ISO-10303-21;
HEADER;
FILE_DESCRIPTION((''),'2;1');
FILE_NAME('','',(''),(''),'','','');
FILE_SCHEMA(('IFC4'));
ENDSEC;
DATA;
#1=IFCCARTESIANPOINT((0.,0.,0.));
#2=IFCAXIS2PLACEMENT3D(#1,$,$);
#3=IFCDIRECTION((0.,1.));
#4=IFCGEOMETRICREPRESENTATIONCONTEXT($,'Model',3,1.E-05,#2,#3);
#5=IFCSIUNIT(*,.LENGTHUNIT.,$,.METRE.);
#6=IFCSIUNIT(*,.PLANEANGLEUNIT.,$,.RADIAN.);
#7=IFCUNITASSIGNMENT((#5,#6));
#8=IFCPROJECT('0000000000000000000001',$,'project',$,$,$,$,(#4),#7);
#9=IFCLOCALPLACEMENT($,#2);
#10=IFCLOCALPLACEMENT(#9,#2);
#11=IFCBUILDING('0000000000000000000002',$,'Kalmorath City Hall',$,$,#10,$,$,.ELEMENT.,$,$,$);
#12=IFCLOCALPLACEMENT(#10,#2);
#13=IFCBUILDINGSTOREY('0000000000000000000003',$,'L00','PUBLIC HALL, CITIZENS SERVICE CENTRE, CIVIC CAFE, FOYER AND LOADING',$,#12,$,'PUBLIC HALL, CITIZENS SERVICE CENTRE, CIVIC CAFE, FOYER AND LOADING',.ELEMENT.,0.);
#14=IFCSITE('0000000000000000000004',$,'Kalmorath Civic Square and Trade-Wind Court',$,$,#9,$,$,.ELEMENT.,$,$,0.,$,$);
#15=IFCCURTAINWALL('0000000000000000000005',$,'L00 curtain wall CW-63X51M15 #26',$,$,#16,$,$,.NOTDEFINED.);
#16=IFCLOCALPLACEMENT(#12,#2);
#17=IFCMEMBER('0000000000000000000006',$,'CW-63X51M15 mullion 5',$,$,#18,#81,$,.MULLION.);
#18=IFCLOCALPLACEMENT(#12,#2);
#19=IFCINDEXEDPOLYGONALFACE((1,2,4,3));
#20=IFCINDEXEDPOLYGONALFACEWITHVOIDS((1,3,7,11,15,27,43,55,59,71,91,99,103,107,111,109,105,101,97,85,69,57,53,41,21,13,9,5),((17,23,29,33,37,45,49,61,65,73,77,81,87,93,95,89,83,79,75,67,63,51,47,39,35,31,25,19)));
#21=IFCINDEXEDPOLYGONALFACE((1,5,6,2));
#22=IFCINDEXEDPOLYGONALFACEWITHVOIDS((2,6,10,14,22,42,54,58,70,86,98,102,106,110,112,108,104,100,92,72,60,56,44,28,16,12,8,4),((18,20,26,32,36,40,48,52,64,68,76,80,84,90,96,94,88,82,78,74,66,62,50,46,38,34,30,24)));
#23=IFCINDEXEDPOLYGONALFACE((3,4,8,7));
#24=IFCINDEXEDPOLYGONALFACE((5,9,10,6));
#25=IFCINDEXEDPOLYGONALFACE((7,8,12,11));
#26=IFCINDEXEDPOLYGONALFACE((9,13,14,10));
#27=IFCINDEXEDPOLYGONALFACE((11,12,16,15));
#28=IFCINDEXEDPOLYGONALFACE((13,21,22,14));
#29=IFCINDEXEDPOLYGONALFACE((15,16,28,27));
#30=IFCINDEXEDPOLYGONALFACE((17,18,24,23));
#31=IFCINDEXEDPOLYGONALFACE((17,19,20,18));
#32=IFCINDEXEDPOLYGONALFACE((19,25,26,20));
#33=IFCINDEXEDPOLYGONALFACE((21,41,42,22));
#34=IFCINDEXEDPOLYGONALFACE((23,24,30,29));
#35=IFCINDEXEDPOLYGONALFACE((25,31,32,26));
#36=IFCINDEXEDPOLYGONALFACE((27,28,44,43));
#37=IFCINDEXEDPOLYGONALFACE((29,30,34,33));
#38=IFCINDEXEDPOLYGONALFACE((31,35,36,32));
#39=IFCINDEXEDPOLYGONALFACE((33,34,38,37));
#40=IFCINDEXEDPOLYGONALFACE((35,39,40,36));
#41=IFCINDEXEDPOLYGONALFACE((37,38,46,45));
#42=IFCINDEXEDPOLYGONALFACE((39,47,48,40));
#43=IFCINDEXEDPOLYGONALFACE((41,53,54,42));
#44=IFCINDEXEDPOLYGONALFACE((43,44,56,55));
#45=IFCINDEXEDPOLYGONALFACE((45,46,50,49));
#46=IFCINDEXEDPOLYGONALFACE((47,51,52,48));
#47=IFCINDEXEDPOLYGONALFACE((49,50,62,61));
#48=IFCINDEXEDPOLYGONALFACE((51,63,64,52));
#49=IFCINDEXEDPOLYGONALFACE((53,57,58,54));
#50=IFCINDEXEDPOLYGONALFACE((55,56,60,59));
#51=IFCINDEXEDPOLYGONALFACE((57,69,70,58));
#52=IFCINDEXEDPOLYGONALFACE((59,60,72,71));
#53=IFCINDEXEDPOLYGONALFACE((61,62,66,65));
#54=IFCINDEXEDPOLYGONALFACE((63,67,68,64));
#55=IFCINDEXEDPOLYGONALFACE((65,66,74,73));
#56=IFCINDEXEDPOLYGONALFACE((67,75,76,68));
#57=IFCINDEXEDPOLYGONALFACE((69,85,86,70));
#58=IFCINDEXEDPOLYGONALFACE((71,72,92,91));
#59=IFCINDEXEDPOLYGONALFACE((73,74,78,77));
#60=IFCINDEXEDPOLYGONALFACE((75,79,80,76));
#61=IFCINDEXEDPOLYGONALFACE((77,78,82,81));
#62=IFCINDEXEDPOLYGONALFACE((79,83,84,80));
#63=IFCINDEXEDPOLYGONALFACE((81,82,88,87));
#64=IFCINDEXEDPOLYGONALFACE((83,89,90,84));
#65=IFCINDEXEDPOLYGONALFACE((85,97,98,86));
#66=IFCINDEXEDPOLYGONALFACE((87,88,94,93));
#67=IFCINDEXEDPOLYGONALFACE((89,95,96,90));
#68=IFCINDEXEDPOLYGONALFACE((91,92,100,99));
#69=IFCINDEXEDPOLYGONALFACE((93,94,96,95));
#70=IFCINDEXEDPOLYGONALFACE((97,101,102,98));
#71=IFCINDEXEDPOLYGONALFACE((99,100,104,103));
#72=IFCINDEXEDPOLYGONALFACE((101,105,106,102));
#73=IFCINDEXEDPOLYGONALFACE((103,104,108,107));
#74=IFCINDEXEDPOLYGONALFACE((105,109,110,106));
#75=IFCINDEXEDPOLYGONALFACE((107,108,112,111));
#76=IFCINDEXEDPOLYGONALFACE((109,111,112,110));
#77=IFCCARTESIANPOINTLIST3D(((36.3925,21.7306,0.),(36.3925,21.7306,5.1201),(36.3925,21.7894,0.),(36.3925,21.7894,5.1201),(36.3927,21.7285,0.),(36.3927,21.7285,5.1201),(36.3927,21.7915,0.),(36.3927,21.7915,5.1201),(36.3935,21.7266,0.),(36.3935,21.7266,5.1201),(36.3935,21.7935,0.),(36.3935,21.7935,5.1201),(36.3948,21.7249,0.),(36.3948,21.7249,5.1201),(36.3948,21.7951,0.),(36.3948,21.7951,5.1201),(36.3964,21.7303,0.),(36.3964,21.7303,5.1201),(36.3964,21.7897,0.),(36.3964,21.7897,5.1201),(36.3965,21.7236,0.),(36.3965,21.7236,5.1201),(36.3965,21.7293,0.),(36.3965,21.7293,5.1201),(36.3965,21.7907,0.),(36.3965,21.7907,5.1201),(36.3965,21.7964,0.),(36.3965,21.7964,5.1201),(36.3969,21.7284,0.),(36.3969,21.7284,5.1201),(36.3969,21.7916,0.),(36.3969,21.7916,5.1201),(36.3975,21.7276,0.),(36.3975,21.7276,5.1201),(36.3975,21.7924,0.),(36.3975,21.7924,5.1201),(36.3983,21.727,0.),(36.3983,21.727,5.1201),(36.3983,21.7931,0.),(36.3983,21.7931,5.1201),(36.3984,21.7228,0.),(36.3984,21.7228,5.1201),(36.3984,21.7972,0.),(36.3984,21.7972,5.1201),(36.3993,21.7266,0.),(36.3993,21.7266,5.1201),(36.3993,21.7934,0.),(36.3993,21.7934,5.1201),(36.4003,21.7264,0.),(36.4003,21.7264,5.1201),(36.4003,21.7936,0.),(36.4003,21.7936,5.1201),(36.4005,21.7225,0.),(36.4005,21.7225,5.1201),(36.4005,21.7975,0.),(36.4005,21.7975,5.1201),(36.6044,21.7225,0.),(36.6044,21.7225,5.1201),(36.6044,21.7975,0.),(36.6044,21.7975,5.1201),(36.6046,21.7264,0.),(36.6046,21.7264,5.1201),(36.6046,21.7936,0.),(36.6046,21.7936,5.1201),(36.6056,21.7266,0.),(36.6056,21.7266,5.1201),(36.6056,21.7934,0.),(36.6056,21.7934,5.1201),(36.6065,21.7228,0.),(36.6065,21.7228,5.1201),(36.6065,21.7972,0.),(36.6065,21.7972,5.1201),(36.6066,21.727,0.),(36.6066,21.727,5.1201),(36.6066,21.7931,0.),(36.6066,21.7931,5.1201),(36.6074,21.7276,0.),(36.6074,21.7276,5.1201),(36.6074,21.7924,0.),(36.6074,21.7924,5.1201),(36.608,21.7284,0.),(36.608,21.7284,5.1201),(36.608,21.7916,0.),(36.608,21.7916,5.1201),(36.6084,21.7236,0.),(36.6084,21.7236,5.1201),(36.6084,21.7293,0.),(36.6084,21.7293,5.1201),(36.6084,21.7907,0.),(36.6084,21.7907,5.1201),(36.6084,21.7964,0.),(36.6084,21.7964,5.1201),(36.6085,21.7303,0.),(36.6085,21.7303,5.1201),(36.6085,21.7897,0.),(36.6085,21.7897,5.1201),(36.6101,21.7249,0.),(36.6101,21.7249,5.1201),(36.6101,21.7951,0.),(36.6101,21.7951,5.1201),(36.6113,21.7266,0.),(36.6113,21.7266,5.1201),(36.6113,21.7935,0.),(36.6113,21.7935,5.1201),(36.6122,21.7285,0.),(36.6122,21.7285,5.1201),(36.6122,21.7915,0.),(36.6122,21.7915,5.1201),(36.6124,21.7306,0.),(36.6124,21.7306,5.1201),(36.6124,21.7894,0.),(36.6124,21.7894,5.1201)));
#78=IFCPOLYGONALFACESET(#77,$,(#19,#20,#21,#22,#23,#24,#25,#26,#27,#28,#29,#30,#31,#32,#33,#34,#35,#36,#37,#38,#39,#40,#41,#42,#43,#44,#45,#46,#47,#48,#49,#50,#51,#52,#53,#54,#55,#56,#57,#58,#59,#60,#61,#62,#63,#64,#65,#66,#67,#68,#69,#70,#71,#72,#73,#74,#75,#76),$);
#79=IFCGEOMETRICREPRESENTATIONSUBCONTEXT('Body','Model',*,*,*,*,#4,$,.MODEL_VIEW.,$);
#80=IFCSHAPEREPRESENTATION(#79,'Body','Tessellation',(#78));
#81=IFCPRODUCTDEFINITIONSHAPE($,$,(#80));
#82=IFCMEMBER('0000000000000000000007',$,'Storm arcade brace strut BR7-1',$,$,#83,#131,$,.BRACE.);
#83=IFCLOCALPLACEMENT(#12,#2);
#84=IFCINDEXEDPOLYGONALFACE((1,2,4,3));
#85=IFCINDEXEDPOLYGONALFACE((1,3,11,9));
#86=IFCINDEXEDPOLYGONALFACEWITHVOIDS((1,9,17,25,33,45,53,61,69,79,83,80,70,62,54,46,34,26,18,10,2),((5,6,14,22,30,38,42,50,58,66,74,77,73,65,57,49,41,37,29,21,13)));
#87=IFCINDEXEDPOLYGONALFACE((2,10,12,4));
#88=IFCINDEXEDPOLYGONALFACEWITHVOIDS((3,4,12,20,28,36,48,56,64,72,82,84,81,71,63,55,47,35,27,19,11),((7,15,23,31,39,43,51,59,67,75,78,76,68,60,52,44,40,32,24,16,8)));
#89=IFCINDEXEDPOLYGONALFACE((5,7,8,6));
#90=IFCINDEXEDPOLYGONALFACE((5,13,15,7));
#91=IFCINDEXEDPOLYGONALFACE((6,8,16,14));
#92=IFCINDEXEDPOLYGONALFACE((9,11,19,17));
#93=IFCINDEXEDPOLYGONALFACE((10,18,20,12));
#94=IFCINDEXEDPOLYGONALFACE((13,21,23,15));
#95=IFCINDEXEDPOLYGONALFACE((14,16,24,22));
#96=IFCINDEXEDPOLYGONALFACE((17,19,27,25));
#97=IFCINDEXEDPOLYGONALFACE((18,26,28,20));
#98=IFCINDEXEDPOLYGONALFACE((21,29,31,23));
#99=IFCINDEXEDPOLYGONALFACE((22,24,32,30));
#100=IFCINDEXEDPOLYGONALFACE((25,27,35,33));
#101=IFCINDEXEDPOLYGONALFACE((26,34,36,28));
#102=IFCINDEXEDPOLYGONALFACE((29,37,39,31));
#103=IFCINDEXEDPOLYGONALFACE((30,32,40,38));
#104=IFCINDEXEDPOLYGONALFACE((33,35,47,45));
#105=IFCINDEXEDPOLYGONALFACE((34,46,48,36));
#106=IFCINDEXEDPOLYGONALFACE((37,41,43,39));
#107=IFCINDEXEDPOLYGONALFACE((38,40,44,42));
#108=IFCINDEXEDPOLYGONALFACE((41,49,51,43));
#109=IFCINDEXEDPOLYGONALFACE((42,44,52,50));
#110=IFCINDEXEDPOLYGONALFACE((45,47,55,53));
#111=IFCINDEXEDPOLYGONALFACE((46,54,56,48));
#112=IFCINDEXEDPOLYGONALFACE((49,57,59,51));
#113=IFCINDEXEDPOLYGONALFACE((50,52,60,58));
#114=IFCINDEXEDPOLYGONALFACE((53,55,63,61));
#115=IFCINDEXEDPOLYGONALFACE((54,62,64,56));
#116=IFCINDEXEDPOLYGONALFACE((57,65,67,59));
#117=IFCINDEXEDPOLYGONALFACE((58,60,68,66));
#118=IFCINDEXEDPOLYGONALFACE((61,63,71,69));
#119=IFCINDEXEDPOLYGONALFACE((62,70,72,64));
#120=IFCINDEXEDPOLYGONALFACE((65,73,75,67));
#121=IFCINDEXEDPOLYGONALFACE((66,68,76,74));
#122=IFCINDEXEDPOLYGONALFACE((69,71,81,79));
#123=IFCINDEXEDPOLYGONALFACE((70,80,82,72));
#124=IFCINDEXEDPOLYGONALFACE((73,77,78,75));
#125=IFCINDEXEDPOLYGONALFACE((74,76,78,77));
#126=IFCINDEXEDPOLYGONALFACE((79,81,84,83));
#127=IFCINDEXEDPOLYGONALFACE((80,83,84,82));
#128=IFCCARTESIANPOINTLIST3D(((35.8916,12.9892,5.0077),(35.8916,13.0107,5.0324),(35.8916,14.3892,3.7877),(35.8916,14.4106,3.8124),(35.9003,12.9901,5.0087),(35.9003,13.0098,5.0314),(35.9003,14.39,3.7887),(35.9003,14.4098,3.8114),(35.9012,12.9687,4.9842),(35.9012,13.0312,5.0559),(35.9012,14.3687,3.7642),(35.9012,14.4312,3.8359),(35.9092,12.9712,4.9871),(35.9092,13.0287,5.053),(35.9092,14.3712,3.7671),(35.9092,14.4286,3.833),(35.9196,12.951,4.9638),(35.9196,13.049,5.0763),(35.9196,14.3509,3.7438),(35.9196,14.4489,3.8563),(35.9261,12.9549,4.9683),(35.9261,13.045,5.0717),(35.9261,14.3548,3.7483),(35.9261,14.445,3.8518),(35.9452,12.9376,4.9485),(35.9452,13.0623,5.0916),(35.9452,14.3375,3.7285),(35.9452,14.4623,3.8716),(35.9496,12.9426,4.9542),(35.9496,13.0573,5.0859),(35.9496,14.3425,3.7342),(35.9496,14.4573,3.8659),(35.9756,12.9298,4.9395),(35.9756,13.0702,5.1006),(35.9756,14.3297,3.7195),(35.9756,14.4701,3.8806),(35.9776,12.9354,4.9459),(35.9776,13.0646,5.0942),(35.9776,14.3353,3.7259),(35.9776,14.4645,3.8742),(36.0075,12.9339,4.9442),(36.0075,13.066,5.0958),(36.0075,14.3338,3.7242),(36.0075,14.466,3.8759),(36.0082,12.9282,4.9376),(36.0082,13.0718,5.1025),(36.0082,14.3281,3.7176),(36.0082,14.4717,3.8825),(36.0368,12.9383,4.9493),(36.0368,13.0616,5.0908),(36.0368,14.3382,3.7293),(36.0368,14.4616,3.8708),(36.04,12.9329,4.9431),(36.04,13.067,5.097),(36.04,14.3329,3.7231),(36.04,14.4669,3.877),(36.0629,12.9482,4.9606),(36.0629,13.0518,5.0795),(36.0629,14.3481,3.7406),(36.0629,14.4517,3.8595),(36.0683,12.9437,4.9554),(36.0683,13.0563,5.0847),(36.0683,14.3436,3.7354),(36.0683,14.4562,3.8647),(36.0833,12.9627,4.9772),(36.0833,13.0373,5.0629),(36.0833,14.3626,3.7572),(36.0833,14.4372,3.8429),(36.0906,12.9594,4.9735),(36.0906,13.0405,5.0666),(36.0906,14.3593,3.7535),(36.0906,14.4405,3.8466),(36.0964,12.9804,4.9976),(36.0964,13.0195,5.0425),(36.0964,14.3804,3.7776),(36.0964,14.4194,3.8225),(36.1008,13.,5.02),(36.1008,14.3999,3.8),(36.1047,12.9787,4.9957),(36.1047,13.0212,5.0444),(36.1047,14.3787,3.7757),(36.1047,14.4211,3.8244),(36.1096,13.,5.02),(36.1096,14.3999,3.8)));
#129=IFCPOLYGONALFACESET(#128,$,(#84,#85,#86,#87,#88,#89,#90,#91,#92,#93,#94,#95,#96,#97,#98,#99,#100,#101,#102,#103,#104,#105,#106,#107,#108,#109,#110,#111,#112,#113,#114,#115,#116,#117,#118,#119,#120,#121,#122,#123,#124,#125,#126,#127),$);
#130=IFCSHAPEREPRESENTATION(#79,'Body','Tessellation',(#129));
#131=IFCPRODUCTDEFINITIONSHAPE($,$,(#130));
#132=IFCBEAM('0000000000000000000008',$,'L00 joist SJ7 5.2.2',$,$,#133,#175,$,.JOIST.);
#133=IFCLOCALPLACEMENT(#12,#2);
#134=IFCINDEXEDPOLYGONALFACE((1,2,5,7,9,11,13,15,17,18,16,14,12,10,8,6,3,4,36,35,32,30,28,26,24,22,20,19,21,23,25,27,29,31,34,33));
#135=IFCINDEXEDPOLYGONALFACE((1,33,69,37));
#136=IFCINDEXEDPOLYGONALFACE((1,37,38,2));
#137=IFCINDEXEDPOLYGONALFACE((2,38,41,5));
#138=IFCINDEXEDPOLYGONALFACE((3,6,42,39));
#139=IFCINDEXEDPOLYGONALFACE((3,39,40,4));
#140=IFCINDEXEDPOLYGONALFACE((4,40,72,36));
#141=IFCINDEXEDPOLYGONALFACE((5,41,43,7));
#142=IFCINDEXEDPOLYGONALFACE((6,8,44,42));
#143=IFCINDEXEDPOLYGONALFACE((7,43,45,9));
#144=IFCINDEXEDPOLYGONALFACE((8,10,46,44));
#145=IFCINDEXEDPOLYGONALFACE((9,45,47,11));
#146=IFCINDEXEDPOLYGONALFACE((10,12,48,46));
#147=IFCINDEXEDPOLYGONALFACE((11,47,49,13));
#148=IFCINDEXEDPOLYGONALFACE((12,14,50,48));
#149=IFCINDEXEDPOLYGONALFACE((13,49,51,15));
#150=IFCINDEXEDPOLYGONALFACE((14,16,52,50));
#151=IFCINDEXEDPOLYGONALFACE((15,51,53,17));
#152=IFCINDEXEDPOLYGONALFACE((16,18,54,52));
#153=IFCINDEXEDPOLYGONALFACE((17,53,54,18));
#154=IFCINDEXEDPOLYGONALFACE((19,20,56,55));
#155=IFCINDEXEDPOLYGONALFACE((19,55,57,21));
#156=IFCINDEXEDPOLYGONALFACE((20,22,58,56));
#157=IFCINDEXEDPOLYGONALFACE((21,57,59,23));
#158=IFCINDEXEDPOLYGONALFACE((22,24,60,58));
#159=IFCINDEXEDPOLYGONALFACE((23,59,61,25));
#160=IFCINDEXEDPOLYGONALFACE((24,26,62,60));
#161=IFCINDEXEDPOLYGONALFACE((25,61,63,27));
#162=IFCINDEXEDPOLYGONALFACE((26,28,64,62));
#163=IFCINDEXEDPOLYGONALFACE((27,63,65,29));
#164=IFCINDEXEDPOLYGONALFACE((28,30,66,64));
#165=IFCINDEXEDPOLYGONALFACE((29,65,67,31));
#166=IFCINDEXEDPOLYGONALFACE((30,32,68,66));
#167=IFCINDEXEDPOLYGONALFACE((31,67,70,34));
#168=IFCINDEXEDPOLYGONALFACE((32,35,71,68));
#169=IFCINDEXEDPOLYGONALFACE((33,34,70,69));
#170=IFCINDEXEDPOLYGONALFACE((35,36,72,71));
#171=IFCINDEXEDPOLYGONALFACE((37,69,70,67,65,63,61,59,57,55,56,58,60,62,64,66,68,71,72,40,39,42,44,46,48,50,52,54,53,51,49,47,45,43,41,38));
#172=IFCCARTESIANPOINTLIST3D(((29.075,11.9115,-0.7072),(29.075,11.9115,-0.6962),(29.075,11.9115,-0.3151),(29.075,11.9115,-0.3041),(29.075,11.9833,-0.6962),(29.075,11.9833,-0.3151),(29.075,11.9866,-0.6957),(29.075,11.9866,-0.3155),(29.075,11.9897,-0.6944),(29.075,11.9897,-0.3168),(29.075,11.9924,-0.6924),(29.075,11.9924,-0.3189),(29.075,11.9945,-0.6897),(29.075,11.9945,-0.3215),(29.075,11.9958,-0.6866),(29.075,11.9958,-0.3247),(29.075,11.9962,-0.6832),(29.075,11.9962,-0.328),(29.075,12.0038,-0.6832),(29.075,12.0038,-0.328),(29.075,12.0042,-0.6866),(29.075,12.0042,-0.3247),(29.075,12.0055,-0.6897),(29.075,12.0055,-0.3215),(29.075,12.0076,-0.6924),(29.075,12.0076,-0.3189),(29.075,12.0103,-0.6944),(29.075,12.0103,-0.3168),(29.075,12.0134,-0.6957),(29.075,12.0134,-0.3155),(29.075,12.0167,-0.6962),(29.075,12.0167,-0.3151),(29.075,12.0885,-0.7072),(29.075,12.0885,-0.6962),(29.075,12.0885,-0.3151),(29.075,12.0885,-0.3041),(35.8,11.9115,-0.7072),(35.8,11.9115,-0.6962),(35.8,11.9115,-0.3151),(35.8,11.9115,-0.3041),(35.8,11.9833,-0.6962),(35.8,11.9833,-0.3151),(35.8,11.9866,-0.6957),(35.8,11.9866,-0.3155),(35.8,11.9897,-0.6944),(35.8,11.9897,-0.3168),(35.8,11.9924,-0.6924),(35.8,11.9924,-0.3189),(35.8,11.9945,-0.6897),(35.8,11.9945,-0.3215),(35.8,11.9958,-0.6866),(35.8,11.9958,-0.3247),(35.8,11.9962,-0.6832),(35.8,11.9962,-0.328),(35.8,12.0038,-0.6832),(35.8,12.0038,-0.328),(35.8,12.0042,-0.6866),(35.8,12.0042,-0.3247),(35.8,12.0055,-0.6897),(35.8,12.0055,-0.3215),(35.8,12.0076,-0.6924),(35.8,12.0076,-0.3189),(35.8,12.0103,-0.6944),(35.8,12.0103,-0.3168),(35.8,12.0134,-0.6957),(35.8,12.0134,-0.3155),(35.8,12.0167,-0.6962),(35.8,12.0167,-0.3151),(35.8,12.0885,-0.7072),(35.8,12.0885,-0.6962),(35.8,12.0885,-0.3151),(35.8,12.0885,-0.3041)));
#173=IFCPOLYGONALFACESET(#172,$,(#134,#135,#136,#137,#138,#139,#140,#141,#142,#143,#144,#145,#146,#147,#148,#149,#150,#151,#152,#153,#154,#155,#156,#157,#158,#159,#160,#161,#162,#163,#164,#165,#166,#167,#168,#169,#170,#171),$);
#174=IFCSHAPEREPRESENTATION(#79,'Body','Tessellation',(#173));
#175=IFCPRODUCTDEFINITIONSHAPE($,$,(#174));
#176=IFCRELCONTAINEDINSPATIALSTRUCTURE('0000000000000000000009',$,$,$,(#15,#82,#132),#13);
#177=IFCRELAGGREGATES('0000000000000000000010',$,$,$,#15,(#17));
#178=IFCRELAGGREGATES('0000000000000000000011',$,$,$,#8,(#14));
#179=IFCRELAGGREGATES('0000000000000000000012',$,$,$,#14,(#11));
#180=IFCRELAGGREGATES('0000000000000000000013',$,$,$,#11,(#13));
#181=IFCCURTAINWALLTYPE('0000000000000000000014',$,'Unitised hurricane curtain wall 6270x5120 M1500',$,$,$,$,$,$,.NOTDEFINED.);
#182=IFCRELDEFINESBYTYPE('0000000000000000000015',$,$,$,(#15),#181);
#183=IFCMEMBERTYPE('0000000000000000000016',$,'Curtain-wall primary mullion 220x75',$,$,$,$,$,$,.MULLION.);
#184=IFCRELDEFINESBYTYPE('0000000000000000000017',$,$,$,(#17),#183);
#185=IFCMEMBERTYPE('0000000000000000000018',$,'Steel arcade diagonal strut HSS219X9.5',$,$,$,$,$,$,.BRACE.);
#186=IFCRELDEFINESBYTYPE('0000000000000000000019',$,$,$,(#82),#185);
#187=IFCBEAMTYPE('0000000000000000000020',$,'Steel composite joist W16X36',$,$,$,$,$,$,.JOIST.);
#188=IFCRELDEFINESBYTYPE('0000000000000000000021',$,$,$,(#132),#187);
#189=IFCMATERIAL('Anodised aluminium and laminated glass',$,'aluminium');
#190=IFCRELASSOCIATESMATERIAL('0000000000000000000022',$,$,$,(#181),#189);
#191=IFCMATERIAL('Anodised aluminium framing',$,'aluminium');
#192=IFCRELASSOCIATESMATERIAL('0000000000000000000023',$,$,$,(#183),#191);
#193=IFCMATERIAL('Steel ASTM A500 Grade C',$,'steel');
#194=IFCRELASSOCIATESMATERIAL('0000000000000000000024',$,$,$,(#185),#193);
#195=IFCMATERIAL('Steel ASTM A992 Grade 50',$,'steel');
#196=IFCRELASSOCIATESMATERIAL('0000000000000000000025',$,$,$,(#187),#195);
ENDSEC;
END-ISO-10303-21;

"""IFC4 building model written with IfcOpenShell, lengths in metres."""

from ifc_helpers import new_model, si_unit, direction, frame, origin, origin_2d, place, context, subcontext, project, spatial, hollow_rectangle, hollow_circle, i_section, extrude, material, material_profile, profile_set, type_object, element, aggregate, save


model = new_model("IFC4")

# Units and contexts
model_context = context("Model", 3, precision=1e-05, world=origin(), true_north=direction((0.0, 1.0)))
body_context = subcontext(model_context, "Body", "Model", "MODEL_VIEW")
ifc_project = project(units=[si_unit("LENGTHUNIT", "METRE"), si_unit("PLANEANGLEUNIT", "RADIAN")], contexts=[model_context])

# Site, building, storey
site_placement = place(None, origin())
site = spatial("IfcSite", under=ifc_project, at=site_placement, Name="Kalmorath Civic Square and Trade-Wind Court", CompositionType="ELEMENT", RefElevation=0.0)
building_placement = place(site_placement, origin())
building = spatial("IfcBuilding", under=site, at=building_placement, Name="Kalmorath City Hall", CompositionType="ELEMENT")
storey_placement = place(building_placement, origin())
storey = spatial("IfcBuildingStorey", under=building, at=storey_placement, Name="L00", Description="PUBLIC HALL, CITIZENS SERVICE CENTRE, CIVIC CAFE, FOYER AND LOADING", LongName="PUBLIC HALL, CITIZENS SERVICE CENTRE, CIVIC CAFE, FOYER AND LOADING", CompositionType="ELEMENT", Elevation=0.0)

# Curtain wall, member
ifc_material_1 = material(Name="Anodised aluminium and laminated glass", Category="aluminium")
curtain_wall_type = type_object("IfcCurtainWallType", Name="Unitised hurricane curtain wall 6270x5120 M1500", PredefinedType="NOTDEFINED", material=ifc_material_1)
curtain_wall_placement = place(storey_placement, origin())
curtain_wall = element("IfcCurtainWall", 1, at=curtain_wall_placement, inside=storey, type_object=curtain_wall_type, Name="L00 curtain wall CW-63X51M15 #26", PredefinedType="NOTDEFINED")
ifc_material_2 = material(Name="Anodised aluminium framing", Category="aluminium")
ifc_material_profile_1 = material_profile(ifc_material_2, hollow_rectangle(XDim=0.075, YDim=0.22, WallThickness=0.0039, InnerFilletRadius=0.0039, OuterFilletRadius=0.0081, at=origin_2d()), Name="ALU-MUL-220X75X4")
ifc_profile_set_1 = profile_set([ifc_material_profile_1], Name="Anodised aluminium framing")
member_type_1 = type_object("IfcMemberType", Name="Curtain-wall primary mullion 220x75", PredefinedType="MULLION", material=ifc_profile_set_1)
member_1_placement = place(storey_placement, frame((36.5024, 21.76, 0.0), z_axis=(0.0, 0.0, 1.0), x_axis=(0.0, -1.0, 0.0)))
member_1 = element("IfcMember", 2, at=member_1_placement, type_object=member_type_1, Name="CW-63X51M15 mullion 5", PredefinedType="MULLION", context=body_context, shape_type="SweptSolid", body=[
    extrude(hollow_rectangle(XDim=0.075, YDim=0.22, WallThickness=0.0039, InnerFilletRadius=0.0039, OuterFilletRadius=0.0081, at=origin_2d()), origin(), (0.0, 0.0, 1.0), 5.1201),
])
aggregate(curtain_wall, [member_1])

# Member
ifc_material_3 = material(Name="Steel ASTM A500 Grade C", Category="steel")
ifc_material_profile_2 = material_profile(ifc_material_3, hollow_circle(Radius=0.1096, WallThickness=0.0088, at=origin_2d()), Name="HSS219X9.5")
ifc_profile_set_2 = profile_set([ifc_material_profile_2], Name="Steel ASTM A500 Grade C")
member_type_2 = type_object("IfcMemberType", Name="Steel arcade diagonal strut HSS219X9.5", PredefinedType="BRACE", material=ifc_profile_set_2)
member_2_placement = place(storey_placement, frame((36.0, 14.3999, 3.8), z_axis=(0.0, -0.753895, 0.656995), x_axis=(1.0, 0.0, 0.0)))
element("IfcMember", 3, at=member_2_placement, inside=storey, type_object=member_type_2, Name="Storm arcade brace strut BR7-1", PredefinedType="BRACE", context=body_context, shape_type="SweptSolid", body=[
    extrude(hollow_circle(Radius=0.1096, WallThickness=0.0088, at=origin_2d()), origin(), (0.0, 0.0, 1.0), 1.8569),
])

# Beam
ifc_material_4 = material(Name="Steel ASTM A992 Grade 50", Category="steel")
ifc_material_profile_3 = material_profile(ifc_material_4, i_section(OverallWidth=0.177, OverallDepth=0.4031, WebThickness=0.0076, FlangeThickness=0.011, FilletRadius=0.0129, at=origin_2d()), Name="W16X36")
ifc_profile_set_3 = profile_set([ifc_material_profile_3], Name="Steel ASTM A992 Grade 50")
beam_type_1 = type_object("IfcBeamType", Name="Steel composite joist W16X36", PredefinedType="JOIST", material=ifc_profile_set_3)
beam_1_placement = place(storey_placement, frame((29.075, 12.0, -0.5056), z_axis=(1.0, 0.0, 0.0), x_axis=(0.0, 1.0, 0.0)))
element("IfcBeam", 4, at=beam_1_placement, inside=storey, type_object=beam_type_1, Name="L00 joist SJ7 5.2.2", PredefinedType="JOIST", context=body_context, shape_type="SweptSolid", body=[
    extrude(i_section(OverallWidth=0.177, OverallDepth=0.4031, WebThickness=0.0076, FlangeThickness=0.011, FilletRadius=0.0129, at=origin_2d()), origin(), (0.0, 0.0, 1.0), 6.7251),
])

save(model, "model.ifc")
